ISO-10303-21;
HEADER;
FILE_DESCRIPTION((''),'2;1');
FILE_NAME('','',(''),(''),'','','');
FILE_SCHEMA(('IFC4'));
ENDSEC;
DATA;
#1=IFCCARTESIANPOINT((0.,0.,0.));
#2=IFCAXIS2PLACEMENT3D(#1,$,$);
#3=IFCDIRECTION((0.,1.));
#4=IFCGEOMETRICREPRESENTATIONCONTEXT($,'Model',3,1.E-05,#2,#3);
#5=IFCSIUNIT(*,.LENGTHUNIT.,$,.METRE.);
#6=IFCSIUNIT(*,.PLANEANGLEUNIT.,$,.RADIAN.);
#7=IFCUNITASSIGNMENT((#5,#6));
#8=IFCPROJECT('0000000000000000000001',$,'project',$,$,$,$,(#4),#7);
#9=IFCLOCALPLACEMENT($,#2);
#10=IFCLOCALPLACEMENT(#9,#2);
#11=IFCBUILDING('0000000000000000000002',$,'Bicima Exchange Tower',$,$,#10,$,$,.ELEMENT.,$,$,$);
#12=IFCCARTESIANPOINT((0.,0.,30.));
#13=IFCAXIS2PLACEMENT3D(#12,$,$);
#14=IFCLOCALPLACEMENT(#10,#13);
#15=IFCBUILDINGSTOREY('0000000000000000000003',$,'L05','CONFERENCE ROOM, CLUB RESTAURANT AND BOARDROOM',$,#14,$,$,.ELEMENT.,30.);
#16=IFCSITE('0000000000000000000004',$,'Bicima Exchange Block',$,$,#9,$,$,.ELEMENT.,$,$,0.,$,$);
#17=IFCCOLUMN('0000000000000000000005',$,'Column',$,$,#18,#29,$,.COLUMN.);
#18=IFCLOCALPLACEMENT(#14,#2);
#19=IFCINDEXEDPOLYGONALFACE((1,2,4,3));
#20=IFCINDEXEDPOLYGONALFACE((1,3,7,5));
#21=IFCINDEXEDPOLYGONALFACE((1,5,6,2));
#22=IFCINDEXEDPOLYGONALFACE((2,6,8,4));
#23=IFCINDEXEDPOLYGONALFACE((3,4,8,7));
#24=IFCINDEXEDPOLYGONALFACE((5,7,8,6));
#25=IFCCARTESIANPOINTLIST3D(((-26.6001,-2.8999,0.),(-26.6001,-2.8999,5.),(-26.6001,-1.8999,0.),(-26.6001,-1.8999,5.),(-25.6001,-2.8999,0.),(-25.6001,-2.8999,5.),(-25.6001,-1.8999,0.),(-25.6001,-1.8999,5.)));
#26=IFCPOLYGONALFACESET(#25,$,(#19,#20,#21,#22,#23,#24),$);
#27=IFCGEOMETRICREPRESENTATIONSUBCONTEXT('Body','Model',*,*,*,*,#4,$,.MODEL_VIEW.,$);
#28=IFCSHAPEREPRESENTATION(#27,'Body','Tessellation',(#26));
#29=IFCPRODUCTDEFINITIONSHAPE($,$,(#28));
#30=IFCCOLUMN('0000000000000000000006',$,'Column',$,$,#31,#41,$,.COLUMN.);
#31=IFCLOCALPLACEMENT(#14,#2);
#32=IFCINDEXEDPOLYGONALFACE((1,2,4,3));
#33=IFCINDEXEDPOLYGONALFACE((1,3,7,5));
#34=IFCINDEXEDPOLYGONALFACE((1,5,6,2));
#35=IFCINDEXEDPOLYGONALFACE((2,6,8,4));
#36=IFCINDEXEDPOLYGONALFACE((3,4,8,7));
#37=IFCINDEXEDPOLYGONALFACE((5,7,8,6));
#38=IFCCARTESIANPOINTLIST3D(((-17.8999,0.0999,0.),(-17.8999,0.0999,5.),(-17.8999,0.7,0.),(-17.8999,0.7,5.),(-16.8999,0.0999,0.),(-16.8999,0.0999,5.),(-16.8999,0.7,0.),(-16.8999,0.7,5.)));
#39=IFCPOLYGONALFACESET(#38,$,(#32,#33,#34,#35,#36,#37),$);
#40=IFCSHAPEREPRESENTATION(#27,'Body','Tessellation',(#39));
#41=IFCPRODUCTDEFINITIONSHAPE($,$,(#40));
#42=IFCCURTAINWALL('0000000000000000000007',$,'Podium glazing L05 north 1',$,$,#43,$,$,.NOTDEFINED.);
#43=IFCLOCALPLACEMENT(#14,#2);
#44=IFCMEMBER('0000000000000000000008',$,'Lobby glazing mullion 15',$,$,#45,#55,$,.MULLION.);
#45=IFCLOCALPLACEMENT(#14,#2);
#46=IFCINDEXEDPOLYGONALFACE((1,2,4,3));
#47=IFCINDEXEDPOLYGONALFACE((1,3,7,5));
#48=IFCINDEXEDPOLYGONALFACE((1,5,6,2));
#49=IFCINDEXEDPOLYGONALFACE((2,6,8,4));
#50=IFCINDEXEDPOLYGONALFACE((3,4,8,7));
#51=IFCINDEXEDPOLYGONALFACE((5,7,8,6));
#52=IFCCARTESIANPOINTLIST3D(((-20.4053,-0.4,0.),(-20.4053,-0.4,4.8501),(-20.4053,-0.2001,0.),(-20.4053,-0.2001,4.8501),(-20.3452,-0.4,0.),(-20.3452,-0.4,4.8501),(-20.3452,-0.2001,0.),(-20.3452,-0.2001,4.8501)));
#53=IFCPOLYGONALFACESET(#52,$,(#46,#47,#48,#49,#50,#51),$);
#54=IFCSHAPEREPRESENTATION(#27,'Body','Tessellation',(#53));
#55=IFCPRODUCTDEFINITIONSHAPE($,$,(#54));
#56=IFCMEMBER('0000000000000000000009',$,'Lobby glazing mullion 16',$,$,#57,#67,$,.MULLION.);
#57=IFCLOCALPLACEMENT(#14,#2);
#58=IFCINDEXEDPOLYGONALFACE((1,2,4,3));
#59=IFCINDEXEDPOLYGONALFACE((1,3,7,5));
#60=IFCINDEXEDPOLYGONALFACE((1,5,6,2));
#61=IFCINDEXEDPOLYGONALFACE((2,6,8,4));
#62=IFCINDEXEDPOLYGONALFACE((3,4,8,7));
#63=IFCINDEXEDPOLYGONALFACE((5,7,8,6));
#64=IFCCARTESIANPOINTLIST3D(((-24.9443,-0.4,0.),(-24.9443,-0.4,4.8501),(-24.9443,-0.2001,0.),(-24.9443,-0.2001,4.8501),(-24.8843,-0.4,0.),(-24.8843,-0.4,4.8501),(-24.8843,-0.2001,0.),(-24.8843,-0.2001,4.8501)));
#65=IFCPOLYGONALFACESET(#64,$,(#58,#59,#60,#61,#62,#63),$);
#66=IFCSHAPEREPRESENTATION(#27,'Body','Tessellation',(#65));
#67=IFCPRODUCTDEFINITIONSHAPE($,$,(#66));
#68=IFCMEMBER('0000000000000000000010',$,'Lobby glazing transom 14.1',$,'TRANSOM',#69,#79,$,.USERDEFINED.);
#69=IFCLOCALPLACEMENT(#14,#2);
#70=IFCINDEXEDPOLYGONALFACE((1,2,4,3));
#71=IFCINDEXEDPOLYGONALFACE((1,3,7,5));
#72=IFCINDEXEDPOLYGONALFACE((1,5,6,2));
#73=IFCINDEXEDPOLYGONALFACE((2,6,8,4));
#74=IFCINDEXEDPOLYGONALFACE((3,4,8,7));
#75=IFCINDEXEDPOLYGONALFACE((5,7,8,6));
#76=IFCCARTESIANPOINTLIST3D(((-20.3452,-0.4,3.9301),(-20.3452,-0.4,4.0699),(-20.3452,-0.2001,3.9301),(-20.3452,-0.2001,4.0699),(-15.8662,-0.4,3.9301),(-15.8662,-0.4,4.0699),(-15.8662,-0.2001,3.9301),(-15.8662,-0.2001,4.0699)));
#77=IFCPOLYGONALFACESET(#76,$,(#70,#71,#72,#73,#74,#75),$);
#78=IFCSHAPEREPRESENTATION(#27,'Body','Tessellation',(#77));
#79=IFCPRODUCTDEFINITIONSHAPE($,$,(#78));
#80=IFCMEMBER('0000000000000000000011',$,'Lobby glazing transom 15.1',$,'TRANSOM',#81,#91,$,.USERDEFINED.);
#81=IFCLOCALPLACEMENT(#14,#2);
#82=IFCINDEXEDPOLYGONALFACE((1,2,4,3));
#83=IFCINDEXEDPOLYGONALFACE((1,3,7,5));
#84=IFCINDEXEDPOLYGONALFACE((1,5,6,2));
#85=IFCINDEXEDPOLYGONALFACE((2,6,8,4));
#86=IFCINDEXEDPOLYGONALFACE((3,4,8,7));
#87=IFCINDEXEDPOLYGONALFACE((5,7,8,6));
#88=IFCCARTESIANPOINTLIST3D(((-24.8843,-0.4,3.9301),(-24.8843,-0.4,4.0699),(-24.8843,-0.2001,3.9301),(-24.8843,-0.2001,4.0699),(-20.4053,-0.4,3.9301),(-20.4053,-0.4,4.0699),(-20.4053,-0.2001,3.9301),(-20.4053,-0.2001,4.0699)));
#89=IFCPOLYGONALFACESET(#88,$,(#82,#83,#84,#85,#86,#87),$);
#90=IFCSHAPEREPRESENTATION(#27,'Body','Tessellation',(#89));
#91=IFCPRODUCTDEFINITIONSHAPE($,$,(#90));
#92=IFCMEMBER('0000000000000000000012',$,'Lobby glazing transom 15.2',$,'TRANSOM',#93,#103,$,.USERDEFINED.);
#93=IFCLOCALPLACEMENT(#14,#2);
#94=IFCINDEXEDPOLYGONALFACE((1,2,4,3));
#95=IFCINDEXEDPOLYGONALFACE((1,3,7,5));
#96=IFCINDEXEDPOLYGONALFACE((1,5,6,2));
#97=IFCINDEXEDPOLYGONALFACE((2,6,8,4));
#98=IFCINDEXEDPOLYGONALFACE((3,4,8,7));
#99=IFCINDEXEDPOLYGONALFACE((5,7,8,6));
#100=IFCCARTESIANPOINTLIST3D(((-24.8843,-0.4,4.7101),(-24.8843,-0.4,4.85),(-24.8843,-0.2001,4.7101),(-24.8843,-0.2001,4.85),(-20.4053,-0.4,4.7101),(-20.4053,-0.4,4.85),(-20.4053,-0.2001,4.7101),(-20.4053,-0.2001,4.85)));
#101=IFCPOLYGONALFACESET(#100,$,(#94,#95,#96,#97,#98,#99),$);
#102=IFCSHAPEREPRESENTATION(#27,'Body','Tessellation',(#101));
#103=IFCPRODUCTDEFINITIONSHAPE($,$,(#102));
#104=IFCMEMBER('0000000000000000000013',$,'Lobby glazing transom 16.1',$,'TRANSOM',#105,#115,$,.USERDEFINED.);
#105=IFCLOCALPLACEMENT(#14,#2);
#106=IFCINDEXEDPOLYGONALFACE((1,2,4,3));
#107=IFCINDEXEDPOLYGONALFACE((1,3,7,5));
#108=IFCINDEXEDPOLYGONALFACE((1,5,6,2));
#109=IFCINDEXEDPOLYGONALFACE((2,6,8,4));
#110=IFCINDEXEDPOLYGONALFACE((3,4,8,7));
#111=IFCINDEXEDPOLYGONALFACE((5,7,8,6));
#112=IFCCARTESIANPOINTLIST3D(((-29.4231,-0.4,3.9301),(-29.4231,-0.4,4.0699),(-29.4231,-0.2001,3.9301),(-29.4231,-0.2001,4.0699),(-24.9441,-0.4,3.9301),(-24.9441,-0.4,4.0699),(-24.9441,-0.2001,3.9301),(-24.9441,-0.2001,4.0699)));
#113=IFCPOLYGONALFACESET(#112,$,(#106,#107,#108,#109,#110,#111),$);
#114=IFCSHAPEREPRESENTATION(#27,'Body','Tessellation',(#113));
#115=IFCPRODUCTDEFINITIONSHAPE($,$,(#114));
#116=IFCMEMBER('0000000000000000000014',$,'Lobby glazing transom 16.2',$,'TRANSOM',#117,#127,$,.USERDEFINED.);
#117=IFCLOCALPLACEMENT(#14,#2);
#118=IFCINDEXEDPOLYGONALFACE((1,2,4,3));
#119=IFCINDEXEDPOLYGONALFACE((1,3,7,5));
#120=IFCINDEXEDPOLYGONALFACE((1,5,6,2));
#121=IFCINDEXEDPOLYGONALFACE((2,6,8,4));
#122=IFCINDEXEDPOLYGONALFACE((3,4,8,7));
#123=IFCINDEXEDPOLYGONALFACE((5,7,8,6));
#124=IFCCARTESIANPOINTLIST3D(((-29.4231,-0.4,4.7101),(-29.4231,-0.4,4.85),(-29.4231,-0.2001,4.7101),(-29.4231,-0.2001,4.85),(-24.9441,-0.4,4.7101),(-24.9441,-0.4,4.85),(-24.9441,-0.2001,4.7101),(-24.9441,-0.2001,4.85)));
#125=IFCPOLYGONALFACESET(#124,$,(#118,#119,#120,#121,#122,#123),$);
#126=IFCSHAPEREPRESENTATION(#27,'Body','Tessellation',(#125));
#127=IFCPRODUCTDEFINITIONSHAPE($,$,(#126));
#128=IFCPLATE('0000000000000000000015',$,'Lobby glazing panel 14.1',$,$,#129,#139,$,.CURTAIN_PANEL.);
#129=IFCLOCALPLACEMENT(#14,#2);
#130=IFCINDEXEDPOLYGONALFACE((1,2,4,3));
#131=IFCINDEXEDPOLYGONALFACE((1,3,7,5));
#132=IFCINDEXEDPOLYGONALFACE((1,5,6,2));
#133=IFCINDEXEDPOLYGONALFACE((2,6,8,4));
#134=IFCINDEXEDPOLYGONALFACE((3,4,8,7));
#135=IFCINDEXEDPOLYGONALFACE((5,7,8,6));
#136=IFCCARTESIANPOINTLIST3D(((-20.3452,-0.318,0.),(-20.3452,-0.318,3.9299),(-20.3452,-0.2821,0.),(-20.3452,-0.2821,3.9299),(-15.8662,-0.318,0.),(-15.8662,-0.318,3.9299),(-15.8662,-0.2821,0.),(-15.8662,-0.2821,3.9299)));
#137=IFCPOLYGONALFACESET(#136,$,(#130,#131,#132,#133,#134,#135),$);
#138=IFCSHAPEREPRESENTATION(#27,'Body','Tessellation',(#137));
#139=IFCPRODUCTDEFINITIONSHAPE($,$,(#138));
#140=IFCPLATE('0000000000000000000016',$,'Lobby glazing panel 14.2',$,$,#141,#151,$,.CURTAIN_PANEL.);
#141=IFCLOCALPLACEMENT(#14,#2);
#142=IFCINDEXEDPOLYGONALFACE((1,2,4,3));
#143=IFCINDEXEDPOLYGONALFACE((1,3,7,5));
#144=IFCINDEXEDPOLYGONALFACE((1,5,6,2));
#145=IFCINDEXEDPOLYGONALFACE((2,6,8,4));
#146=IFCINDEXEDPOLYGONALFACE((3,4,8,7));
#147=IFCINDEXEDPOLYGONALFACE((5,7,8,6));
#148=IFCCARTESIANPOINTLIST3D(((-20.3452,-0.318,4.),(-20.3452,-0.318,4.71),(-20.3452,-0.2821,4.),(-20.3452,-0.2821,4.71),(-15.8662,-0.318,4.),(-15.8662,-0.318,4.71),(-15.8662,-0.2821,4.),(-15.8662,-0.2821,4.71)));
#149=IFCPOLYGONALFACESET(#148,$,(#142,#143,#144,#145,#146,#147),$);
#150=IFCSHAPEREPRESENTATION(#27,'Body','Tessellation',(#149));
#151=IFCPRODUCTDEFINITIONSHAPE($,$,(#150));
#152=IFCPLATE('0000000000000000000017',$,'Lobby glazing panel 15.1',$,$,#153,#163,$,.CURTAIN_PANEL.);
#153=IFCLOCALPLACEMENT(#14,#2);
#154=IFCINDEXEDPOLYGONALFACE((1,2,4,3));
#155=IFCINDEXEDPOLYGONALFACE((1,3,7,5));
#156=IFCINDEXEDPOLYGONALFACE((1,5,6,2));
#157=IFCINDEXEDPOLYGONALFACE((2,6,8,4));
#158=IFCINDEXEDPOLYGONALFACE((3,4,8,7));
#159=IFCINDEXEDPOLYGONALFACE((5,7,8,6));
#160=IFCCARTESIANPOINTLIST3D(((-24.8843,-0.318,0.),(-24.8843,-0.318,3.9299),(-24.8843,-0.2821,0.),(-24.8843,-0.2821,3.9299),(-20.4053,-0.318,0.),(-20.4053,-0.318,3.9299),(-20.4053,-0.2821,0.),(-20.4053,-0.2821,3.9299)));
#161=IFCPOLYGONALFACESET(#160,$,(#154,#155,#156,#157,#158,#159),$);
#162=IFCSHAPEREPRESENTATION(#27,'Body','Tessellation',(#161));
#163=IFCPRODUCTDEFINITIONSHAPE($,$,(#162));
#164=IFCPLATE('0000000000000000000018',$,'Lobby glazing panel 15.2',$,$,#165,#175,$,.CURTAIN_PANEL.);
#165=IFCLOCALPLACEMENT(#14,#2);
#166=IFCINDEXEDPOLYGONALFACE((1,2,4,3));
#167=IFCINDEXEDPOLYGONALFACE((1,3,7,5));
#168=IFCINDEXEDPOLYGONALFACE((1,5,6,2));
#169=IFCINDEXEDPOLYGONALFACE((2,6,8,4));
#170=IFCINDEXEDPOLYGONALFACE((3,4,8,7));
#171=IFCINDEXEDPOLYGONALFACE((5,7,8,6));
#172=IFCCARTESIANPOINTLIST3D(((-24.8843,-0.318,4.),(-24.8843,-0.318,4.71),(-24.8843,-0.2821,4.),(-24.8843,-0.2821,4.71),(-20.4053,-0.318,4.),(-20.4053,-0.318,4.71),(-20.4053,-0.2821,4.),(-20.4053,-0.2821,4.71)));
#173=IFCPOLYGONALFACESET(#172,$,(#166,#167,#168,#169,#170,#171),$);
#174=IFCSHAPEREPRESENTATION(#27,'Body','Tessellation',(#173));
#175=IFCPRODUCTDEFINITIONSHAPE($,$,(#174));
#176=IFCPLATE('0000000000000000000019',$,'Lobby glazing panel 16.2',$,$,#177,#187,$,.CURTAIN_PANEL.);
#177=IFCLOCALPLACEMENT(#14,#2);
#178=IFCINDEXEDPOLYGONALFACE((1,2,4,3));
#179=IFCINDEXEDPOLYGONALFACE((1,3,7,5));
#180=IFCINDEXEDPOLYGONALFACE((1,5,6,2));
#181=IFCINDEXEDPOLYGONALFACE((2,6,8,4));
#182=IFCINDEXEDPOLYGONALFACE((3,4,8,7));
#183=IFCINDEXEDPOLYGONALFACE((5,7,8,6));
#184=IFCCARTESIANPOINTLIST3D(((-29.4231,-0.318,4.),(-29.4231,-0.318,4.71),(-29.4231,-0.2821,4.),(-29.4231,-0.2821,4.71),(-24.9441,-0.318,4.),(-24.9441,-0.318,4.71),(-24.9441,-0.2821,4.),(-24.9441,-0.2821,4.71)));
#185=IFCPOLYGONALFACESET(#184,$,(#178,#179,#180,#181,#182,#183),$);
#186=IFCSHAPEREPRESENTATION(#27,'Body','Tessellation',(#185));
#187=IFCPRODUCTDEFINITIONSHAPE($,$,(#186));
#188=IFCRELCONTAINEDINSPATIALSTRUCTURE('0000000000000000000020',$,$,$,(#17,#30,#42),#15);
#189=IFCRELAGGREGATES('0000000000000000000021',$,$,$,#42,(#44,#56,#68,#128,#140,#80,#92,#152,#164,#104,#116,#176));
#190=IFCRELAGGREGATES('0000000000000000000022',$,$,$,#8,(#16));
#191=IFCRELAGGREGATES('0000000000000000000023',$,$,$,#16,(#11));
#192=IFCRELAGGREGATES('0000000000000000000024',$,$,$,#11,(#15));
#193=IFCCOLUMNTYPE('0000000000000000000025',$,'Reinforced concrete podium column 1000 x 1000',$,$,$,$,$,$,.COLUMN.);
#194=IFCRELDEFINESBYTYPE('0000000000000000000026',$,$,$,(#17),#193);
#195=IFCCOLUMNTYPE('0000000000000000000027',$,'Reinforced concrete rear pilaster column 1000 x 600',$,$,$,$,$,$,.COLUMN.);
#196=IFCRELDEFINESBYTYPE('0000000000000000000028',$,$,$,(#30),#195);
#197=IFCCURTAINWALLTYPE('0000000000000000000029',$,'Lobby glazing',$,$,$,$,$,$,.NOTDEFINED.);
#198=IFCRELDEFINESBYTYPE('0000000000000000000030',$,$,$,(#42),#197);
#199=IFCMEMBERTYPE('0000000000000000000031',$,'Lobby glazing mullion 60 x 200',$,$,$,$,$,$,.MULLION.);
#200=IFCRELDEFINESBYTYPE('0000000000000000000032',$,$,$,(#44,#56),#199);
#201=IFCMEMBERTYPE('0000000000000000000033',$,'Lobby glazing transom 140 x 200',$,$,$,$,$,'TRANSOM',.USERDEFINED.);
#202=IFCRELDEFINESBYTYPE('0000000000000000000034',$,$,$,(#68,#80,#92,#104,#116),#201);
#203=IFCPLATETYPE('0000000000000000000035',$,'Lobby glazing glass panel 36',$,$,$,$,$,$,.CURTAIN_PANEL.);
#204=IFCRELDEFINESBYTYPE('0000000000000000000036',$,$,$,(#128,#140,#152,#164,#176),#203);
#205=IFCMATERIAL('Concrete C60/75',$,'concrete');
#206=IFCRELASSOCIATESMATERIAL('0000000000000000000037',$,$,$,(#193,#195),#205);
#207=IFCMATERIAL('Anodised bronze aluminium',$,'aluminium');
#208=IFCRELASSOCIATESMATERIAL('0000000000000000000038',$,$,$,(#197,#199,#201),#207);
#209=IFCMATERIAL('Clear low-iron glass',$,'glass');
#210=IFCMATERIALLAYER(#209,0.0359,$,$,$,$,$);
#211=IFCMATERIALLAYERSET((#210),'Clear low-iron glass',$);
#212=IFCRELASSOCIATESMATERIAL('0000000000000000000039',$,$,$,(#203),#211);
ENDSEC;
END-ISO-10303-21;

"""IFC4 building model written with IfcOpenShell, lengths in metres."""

from ifc_helpers import new_model, si_unit, direction, frame, origin, origin_2d, place, context, subcontext, project, spatial, rectangle, extrude, material, layer, layer_set, material_profile, profile_set, type_object, element, aggregate, save


model = new_model("IFC4")

# Units and contexts
model_context = context("Model", 3, precision=1e-05, world=origin(), true_north=direction((0.0, 1.0)))
body_context = subcontext(model_context, "Body", "Model", "MODEL_VIEW")
ifc_project = project(units=[si_unit("LENGTHUNIT", "METRE"), si_unit("PLANEANGLEUNIT", "RADIAN")], contexts=[model_context])

# Site, building, storey
site_placement = place(None, origin())
site = spatial("IfcSite", under=ifc_project, at=site_placement, Name="Bicima Exchange Block", CompositionType="ELEMENT", RefElevation=0.0)
building_placement = place(site_placement, origin())
building = spatial("IfcBuilding", under=site, at=building_placement, Name="Bicima Exchange Tower", CompositionType="ELEMENT")
storey_placement = place(building_placement, frame((0.0, 0.0, 30.0)))
storey = spatial("IfcBuildingStorey", under=building, at=storey_placement, Name="L05", Description="CONFERENCE ROOM, CLUB RESTAURANT AND BOARDROOM", CompositionType="ELEMENT", Elevation=30.0)

# Columns
ifc_material_1 = material(Name="Concrete C60/75", Category="concrete")
ifc_material_profile_1 = material_profile(ifc_material_1, rectangle(XDim=1.0, YDim=1.0, at=origin_2d()))
ifc_profile_set_1 = profile_set([ifc_material_profile_1], Name="Concrete C60/75")
column_type_1 = type_object("IfcColumnType", Name="Reinforced concrete podium column 1000 x 1000", PredefinedType="COLUMN", material=ifc_profile_set_1)
column_1_placement = place(storey_placement, frame((-26.1001, -2.3999, 0.0), z_axis=(0.0, 0.0, 1.0), x_axis=(1.0, 0.0, 0.0)))
element("IfcColumn", 1, at=column_1_placement, inside=storey, type_object=column_type_1, Name="Column", PredefinedType="COLUMN", context=body_context, shape_type="SweptSolid", body=[
    extrude(rectangle(XDim=1.0, YDim=1.0, at=origin_2d()), origin(), (0.0, 0.0, 1.0), 5.0),
])
ifc_material_profile_2 = material_profile(ifc_material_1, rectangle(XDim=1.0, YDim=0.6001, at=origin_2d()))
ifc_profile_set_2 = profile_set([ifc_material_profile_2], Name="Concrete C60/75")
column_type_2 = type_object("IfcColumnType", Name="Reinforced concrete rear pilaster column 1000 x 600", PredefinedType="COLUMN", material=ifc_profile_set_2)
column_2_placement = place(storey_placement, frame((-17.3999, 0.3999, 0.0), z_axis=(0.0, 0.0, 1.0), x_axis=(1.0, 0.0, 0.0)))
element("IfcColumn", 2, at=column_2_placement, inside=storey, type_object=column_type_2, Name="Column", PredefinedType="COLUMN", context=body_context, shape_type="SweptSolid", body=[
    extrude(rectangle(XDim=1.0, YDim=0.6001, at=origin_2d()), origin(), (0.0, 0.0, 1.0), 5.0),
])

# Curtain wall, members, plates
ifc_material_2 = material(Name="Anodised bronze aluminium", Category="aluminium")
curtain_wall_type = type_object("IfcCurtainWallType", Name="Lobby glazing", PredefinedType="NOTDEFINED", material=ifc_material_2)
curtain_wall_placement = place(storey_placement, origin())
curtain_wall = element("IfcCurtainWall", 3, at=curtain_wall_placement, inside=storey, type_object=curtain_wall_type, Name="Podium glazing L05 north 1", PredefinedType="NOTDEFINED")
ifc_material_profile_3 = material_profile(ifc_material_2, rectangle(XDim=0.2, YDim=0.0601, at=origin_2d()))
ifc_profile_set_3 = profile_set([ifc_material_profile_3], Name="Anodised bronze aluminium")
member_type_1 = type_object("IfcMemberType", Name="Lobby glazing mullion 60 x 200", PredefinedType="MULLION", material=ifc_profile_set_3)
member_1_placement = place(storey_placement, frame((-20.3752, -0.3, 0.0), z_axis=(0.0, 0.0, 1.0), x_axis=(0.0, -1.0, 0.0)))
member_1 = element("IfcMember", 4, at=member_1_placement, type_object=member_type_1, Name="Lobby glazing mullion 15", PredefinedType="MULLION", context=body_context, shape_type="SweptSolid", body=[
    extrude(rectangle(XDim=0.2, YDim=0.0601, at=origin_2d()), origin(), (0.0, 0.0, 1.0), 4.8501),
])
member_2_placement = place(storey_placement, frame((-24.9143, -0.3, 0.0), z_axis=(0.0, 0.0, 1.0), x_axis=(0.0, -1.0, 0.0)))
member_2 = element("IfcMember", 5, at=member_2_placement, type_object=member_type_1, Name="Lobby glazing mullion 16", PredefinedType="MULLION", context=body_context, shape_type="SweptSolid", body=[
    extrude(rectangle(XDim=0.2, YDim=0.0601, at=origin_2d()), origin(), (0.0, 0.0, 1.0), 4.8501),
])
ifc_material_profile_4 = material_profile(ifc_material_2, rectangle(XDim=0.2, YDim=0.1399, at=origin_2d()))
ifc_profile_set_4 = profile_set([ifc_material_profile_4], Name="Anodised bronze aluminium")
member_type_2 = type_object("IfcMemberType", Name="Lobby glazing transom 140 x 200", ElementType="TRANSOM", PredefinedType="USERDEFINED", material=ifc_profile_set_4)
member_3_placement = place(storey_placement, frame((-15.8662, -0.3, 4.0), z_axis=(-1.0, 0.0, 0.0), x_axis=(0.0, -1.0, 0.0)))
member_3 = element("IfcMember", 6, at=member_3_placement, type_object=member_type_2, Name="Lobby glazing transom 14.1", ObjectType="TRANSOM", PredefinedType="USERDEFINED", context=body_context, shape_type="SweptSolid", body=[
    extrude(rectangle(XDim=0.2, YDim=0.1399, at=origin_2d()), origin(), (0.0, 0.0, 1.0), 4.479),
])
member_4_placement = place(storey_placement, frame((-20.4053, -0.3, 4.0), z_axis=(-1.0, 0.0, 0.0), x_axis=(0.0, -1.0, 0.0)))
member_4 = element("IfcMember", 7, at=member_4_placement, type_object=member_type_2, Name="Lobby glazing transom 15.1", ObjectType="TRANSOM", PredefinedType="USERDEFINED", context=body_context, shape_type="SweptSolid", body=[
    extrude(rectangle(XDim=0.2, YDim=0.1399, at=origin_2d()), origin(), (0.0, 0.0, 1.0), 4.479),
])
member_5_placement = place(storey_placement, frame((-20.4053, -0.3, 4.78), z_axis=(-1.0, 0.0, 0.0), x_axis=(0.0, -1.0, 0.0)))
member_5 = element("IfcMember", 8, at=member_5_placement, type_object=member_type_2, Name="Lobby glazing transom 15.2", ObjectType="TRANSOM", PredefinedType="USERDEFINED", context=body_context, shape_type="SweptSolid", body=[
    extrude(rectangle(XDim=0.2, YDim=0.1399, at=origin_2d()), origin(), (0.0, 0.0, 1.0), 4.479),
])
member_6_placement = place(storey_placement, frame((-24.9441, -0.3, 4.0), z_axis=(-1.0, 0.0, 0.0), x_axis=(0.0, -1.0, 0.0)))
member_6 = element("IfcMember", 9, at=member_6_placement, type_object=member_type_2, Name="Lobby glazing transom 16.1", ObjectType="TRANSOM", PredefinedType="USERDEFINED", context=body_context, shape_type="SweptSolid", body=[
    extrude(rectangle(XDim=0.2, YDim=0.1399, at=origin_2d()), origin(), (0.0, 0.0, 1.0), 4.479),
])
member_7_placement = place(storey_placement, frame((-24.9441, -0.3, 4.78), z_axis=(-1.0, 0.0, 0.0), x_axis=(0.0, -1.0, 0.0)))
member_7 = element("IfcMember", 10, at=member_7_placement, type_object=member_type_2, Name="Lobby glazing transom 16.2", ObjectType="TRANSOM", PredefinedType="USERDEFINED", context=body_context, shape_type="SweptSolid", body=[
    extrude(rectangle(XDim=0.2, YDim=0.1399, at=origin_2d()), origin(), (0.0, 0.0, 1.0), 4.479),
])
ifc_material_3 = material(Name="Clear low-iron glass", Category="glass")
ifc_layer_1 = layer(ifc_material_3, 0.0359)
ifc_layer_set_1 = layer_set([ifc_layer_1], Name="Clear low-iron glass")
plate_type = type_object("IfcPlateType", Name="Lobby glazing glass panel 36", PredefinedType="CURTAIN_PANEL", material=ifc_layer_set_1)
plate_1_placement = place(storey_placement, frame((-18.1057, -0.3, 0.0), z_axis=(0.0, 0.0, 1.0), x_axis=(-1.0, 0.0, 0.0)))
plate_1 = element("IfcPlate", 11, at=plate_1_placement, type_object=plate_type, Name="Lobby glazing panel 14.1", PredefinedType="CURTAIN_PANEL", context=body_context, shape_type="SweptSolid", body=[
    extrude(rectangle(XDim=4.479, YDim=0.0359, at=origin_2d()), origin(), (0.0, 0.0, 1.0), 3.9299),
])
plate_2_placement = place(storey_placement, frame((-18.1057, -0.3, 4.0), z_axis=(0.0, 0.0, 1.0), x_axis=(-1.0, 0.0, 0.0)))
plate_2 = element("IfcPlate", 12, at=plate_2_placement, type_object=plate_type, Name="Lobby glazing panel 14.2", PredefinedType="CURTAIN_PANEL", context=body_context, shape_type="SweptSolid", body=[
    extrude(rectangle(XDim=4.479, YDim=0.0359, at=origin_2d()), origin(), (0.0, 0.0, 1.0), 0.71),
])
plate_3_placement = place(storey_placement, frame((-22.6448, -0.3, 0.0), z_axis=(0.0, 0.0, 1.0), x_axis=(-1.0, 0.0, 0.0)))
plate_3 = element("IfcPlate", 13, at=plate_3_placement, type_object=plate_type, Name="Lobby glazing panel 15.1", PredefinedType="CURTAIN_PANEL", context=body_context, shape_type="SweptSolid", body=[
    extrude(rectangle(XDim=4.479, YDim=0.0359, at=origin_2d()), origin(), (0.0, 0.0, 1.0), 3.9299),
])
plate_4_placement = place(storey_placement, frame((-22.6448, -0.3, 4.0), z_axis=(0.0, 0.0, 1.0), x_axis=(-1.0, 0.0, 0.0)))
plate_4 = element("IfcPlate", 14, at=plate_4_placement, type_object=plate_type, Name="Lobby glazing panel 15.2", PredefinedType="CURTAIN_PANEL", context=body_context, shape_type="SweptSolid", body=[
    extrude(rectangle(XDim=4.479, YDim=0.0359, at=origin_2d()), origin(), (0.0, 0.0, 1.0), 0.71),
])
plate_5_placement = place(storey_placement, frame((-27.1836, -0.3, 4.0), z_axis=(0.0, 0.0, 1.0), x_axis=(-1.0, 0.0, 0.0)))
plate_5 = element("IfcPlate", 15, at=plate_5_placement, type_object=plate_type, Name="Lobby glazing panel 16.2", PredefinedType="CURTAIN_PANEL", context=body_context, shape_type="SweptSolid", body=[
    extrude(rectangle(XDim=4.479, YDim=0.0359, at=origin_2d()), origin(), (0.0, 0.0, 1.0), 0.71),
])
aggregate(curtain_wall, [member_1, member_2, member_3, plate_1, plate_2, member_4, member_5, plate_3, plate_4, member_6, member_7, plate_5])

save(model, "model.ifc")
